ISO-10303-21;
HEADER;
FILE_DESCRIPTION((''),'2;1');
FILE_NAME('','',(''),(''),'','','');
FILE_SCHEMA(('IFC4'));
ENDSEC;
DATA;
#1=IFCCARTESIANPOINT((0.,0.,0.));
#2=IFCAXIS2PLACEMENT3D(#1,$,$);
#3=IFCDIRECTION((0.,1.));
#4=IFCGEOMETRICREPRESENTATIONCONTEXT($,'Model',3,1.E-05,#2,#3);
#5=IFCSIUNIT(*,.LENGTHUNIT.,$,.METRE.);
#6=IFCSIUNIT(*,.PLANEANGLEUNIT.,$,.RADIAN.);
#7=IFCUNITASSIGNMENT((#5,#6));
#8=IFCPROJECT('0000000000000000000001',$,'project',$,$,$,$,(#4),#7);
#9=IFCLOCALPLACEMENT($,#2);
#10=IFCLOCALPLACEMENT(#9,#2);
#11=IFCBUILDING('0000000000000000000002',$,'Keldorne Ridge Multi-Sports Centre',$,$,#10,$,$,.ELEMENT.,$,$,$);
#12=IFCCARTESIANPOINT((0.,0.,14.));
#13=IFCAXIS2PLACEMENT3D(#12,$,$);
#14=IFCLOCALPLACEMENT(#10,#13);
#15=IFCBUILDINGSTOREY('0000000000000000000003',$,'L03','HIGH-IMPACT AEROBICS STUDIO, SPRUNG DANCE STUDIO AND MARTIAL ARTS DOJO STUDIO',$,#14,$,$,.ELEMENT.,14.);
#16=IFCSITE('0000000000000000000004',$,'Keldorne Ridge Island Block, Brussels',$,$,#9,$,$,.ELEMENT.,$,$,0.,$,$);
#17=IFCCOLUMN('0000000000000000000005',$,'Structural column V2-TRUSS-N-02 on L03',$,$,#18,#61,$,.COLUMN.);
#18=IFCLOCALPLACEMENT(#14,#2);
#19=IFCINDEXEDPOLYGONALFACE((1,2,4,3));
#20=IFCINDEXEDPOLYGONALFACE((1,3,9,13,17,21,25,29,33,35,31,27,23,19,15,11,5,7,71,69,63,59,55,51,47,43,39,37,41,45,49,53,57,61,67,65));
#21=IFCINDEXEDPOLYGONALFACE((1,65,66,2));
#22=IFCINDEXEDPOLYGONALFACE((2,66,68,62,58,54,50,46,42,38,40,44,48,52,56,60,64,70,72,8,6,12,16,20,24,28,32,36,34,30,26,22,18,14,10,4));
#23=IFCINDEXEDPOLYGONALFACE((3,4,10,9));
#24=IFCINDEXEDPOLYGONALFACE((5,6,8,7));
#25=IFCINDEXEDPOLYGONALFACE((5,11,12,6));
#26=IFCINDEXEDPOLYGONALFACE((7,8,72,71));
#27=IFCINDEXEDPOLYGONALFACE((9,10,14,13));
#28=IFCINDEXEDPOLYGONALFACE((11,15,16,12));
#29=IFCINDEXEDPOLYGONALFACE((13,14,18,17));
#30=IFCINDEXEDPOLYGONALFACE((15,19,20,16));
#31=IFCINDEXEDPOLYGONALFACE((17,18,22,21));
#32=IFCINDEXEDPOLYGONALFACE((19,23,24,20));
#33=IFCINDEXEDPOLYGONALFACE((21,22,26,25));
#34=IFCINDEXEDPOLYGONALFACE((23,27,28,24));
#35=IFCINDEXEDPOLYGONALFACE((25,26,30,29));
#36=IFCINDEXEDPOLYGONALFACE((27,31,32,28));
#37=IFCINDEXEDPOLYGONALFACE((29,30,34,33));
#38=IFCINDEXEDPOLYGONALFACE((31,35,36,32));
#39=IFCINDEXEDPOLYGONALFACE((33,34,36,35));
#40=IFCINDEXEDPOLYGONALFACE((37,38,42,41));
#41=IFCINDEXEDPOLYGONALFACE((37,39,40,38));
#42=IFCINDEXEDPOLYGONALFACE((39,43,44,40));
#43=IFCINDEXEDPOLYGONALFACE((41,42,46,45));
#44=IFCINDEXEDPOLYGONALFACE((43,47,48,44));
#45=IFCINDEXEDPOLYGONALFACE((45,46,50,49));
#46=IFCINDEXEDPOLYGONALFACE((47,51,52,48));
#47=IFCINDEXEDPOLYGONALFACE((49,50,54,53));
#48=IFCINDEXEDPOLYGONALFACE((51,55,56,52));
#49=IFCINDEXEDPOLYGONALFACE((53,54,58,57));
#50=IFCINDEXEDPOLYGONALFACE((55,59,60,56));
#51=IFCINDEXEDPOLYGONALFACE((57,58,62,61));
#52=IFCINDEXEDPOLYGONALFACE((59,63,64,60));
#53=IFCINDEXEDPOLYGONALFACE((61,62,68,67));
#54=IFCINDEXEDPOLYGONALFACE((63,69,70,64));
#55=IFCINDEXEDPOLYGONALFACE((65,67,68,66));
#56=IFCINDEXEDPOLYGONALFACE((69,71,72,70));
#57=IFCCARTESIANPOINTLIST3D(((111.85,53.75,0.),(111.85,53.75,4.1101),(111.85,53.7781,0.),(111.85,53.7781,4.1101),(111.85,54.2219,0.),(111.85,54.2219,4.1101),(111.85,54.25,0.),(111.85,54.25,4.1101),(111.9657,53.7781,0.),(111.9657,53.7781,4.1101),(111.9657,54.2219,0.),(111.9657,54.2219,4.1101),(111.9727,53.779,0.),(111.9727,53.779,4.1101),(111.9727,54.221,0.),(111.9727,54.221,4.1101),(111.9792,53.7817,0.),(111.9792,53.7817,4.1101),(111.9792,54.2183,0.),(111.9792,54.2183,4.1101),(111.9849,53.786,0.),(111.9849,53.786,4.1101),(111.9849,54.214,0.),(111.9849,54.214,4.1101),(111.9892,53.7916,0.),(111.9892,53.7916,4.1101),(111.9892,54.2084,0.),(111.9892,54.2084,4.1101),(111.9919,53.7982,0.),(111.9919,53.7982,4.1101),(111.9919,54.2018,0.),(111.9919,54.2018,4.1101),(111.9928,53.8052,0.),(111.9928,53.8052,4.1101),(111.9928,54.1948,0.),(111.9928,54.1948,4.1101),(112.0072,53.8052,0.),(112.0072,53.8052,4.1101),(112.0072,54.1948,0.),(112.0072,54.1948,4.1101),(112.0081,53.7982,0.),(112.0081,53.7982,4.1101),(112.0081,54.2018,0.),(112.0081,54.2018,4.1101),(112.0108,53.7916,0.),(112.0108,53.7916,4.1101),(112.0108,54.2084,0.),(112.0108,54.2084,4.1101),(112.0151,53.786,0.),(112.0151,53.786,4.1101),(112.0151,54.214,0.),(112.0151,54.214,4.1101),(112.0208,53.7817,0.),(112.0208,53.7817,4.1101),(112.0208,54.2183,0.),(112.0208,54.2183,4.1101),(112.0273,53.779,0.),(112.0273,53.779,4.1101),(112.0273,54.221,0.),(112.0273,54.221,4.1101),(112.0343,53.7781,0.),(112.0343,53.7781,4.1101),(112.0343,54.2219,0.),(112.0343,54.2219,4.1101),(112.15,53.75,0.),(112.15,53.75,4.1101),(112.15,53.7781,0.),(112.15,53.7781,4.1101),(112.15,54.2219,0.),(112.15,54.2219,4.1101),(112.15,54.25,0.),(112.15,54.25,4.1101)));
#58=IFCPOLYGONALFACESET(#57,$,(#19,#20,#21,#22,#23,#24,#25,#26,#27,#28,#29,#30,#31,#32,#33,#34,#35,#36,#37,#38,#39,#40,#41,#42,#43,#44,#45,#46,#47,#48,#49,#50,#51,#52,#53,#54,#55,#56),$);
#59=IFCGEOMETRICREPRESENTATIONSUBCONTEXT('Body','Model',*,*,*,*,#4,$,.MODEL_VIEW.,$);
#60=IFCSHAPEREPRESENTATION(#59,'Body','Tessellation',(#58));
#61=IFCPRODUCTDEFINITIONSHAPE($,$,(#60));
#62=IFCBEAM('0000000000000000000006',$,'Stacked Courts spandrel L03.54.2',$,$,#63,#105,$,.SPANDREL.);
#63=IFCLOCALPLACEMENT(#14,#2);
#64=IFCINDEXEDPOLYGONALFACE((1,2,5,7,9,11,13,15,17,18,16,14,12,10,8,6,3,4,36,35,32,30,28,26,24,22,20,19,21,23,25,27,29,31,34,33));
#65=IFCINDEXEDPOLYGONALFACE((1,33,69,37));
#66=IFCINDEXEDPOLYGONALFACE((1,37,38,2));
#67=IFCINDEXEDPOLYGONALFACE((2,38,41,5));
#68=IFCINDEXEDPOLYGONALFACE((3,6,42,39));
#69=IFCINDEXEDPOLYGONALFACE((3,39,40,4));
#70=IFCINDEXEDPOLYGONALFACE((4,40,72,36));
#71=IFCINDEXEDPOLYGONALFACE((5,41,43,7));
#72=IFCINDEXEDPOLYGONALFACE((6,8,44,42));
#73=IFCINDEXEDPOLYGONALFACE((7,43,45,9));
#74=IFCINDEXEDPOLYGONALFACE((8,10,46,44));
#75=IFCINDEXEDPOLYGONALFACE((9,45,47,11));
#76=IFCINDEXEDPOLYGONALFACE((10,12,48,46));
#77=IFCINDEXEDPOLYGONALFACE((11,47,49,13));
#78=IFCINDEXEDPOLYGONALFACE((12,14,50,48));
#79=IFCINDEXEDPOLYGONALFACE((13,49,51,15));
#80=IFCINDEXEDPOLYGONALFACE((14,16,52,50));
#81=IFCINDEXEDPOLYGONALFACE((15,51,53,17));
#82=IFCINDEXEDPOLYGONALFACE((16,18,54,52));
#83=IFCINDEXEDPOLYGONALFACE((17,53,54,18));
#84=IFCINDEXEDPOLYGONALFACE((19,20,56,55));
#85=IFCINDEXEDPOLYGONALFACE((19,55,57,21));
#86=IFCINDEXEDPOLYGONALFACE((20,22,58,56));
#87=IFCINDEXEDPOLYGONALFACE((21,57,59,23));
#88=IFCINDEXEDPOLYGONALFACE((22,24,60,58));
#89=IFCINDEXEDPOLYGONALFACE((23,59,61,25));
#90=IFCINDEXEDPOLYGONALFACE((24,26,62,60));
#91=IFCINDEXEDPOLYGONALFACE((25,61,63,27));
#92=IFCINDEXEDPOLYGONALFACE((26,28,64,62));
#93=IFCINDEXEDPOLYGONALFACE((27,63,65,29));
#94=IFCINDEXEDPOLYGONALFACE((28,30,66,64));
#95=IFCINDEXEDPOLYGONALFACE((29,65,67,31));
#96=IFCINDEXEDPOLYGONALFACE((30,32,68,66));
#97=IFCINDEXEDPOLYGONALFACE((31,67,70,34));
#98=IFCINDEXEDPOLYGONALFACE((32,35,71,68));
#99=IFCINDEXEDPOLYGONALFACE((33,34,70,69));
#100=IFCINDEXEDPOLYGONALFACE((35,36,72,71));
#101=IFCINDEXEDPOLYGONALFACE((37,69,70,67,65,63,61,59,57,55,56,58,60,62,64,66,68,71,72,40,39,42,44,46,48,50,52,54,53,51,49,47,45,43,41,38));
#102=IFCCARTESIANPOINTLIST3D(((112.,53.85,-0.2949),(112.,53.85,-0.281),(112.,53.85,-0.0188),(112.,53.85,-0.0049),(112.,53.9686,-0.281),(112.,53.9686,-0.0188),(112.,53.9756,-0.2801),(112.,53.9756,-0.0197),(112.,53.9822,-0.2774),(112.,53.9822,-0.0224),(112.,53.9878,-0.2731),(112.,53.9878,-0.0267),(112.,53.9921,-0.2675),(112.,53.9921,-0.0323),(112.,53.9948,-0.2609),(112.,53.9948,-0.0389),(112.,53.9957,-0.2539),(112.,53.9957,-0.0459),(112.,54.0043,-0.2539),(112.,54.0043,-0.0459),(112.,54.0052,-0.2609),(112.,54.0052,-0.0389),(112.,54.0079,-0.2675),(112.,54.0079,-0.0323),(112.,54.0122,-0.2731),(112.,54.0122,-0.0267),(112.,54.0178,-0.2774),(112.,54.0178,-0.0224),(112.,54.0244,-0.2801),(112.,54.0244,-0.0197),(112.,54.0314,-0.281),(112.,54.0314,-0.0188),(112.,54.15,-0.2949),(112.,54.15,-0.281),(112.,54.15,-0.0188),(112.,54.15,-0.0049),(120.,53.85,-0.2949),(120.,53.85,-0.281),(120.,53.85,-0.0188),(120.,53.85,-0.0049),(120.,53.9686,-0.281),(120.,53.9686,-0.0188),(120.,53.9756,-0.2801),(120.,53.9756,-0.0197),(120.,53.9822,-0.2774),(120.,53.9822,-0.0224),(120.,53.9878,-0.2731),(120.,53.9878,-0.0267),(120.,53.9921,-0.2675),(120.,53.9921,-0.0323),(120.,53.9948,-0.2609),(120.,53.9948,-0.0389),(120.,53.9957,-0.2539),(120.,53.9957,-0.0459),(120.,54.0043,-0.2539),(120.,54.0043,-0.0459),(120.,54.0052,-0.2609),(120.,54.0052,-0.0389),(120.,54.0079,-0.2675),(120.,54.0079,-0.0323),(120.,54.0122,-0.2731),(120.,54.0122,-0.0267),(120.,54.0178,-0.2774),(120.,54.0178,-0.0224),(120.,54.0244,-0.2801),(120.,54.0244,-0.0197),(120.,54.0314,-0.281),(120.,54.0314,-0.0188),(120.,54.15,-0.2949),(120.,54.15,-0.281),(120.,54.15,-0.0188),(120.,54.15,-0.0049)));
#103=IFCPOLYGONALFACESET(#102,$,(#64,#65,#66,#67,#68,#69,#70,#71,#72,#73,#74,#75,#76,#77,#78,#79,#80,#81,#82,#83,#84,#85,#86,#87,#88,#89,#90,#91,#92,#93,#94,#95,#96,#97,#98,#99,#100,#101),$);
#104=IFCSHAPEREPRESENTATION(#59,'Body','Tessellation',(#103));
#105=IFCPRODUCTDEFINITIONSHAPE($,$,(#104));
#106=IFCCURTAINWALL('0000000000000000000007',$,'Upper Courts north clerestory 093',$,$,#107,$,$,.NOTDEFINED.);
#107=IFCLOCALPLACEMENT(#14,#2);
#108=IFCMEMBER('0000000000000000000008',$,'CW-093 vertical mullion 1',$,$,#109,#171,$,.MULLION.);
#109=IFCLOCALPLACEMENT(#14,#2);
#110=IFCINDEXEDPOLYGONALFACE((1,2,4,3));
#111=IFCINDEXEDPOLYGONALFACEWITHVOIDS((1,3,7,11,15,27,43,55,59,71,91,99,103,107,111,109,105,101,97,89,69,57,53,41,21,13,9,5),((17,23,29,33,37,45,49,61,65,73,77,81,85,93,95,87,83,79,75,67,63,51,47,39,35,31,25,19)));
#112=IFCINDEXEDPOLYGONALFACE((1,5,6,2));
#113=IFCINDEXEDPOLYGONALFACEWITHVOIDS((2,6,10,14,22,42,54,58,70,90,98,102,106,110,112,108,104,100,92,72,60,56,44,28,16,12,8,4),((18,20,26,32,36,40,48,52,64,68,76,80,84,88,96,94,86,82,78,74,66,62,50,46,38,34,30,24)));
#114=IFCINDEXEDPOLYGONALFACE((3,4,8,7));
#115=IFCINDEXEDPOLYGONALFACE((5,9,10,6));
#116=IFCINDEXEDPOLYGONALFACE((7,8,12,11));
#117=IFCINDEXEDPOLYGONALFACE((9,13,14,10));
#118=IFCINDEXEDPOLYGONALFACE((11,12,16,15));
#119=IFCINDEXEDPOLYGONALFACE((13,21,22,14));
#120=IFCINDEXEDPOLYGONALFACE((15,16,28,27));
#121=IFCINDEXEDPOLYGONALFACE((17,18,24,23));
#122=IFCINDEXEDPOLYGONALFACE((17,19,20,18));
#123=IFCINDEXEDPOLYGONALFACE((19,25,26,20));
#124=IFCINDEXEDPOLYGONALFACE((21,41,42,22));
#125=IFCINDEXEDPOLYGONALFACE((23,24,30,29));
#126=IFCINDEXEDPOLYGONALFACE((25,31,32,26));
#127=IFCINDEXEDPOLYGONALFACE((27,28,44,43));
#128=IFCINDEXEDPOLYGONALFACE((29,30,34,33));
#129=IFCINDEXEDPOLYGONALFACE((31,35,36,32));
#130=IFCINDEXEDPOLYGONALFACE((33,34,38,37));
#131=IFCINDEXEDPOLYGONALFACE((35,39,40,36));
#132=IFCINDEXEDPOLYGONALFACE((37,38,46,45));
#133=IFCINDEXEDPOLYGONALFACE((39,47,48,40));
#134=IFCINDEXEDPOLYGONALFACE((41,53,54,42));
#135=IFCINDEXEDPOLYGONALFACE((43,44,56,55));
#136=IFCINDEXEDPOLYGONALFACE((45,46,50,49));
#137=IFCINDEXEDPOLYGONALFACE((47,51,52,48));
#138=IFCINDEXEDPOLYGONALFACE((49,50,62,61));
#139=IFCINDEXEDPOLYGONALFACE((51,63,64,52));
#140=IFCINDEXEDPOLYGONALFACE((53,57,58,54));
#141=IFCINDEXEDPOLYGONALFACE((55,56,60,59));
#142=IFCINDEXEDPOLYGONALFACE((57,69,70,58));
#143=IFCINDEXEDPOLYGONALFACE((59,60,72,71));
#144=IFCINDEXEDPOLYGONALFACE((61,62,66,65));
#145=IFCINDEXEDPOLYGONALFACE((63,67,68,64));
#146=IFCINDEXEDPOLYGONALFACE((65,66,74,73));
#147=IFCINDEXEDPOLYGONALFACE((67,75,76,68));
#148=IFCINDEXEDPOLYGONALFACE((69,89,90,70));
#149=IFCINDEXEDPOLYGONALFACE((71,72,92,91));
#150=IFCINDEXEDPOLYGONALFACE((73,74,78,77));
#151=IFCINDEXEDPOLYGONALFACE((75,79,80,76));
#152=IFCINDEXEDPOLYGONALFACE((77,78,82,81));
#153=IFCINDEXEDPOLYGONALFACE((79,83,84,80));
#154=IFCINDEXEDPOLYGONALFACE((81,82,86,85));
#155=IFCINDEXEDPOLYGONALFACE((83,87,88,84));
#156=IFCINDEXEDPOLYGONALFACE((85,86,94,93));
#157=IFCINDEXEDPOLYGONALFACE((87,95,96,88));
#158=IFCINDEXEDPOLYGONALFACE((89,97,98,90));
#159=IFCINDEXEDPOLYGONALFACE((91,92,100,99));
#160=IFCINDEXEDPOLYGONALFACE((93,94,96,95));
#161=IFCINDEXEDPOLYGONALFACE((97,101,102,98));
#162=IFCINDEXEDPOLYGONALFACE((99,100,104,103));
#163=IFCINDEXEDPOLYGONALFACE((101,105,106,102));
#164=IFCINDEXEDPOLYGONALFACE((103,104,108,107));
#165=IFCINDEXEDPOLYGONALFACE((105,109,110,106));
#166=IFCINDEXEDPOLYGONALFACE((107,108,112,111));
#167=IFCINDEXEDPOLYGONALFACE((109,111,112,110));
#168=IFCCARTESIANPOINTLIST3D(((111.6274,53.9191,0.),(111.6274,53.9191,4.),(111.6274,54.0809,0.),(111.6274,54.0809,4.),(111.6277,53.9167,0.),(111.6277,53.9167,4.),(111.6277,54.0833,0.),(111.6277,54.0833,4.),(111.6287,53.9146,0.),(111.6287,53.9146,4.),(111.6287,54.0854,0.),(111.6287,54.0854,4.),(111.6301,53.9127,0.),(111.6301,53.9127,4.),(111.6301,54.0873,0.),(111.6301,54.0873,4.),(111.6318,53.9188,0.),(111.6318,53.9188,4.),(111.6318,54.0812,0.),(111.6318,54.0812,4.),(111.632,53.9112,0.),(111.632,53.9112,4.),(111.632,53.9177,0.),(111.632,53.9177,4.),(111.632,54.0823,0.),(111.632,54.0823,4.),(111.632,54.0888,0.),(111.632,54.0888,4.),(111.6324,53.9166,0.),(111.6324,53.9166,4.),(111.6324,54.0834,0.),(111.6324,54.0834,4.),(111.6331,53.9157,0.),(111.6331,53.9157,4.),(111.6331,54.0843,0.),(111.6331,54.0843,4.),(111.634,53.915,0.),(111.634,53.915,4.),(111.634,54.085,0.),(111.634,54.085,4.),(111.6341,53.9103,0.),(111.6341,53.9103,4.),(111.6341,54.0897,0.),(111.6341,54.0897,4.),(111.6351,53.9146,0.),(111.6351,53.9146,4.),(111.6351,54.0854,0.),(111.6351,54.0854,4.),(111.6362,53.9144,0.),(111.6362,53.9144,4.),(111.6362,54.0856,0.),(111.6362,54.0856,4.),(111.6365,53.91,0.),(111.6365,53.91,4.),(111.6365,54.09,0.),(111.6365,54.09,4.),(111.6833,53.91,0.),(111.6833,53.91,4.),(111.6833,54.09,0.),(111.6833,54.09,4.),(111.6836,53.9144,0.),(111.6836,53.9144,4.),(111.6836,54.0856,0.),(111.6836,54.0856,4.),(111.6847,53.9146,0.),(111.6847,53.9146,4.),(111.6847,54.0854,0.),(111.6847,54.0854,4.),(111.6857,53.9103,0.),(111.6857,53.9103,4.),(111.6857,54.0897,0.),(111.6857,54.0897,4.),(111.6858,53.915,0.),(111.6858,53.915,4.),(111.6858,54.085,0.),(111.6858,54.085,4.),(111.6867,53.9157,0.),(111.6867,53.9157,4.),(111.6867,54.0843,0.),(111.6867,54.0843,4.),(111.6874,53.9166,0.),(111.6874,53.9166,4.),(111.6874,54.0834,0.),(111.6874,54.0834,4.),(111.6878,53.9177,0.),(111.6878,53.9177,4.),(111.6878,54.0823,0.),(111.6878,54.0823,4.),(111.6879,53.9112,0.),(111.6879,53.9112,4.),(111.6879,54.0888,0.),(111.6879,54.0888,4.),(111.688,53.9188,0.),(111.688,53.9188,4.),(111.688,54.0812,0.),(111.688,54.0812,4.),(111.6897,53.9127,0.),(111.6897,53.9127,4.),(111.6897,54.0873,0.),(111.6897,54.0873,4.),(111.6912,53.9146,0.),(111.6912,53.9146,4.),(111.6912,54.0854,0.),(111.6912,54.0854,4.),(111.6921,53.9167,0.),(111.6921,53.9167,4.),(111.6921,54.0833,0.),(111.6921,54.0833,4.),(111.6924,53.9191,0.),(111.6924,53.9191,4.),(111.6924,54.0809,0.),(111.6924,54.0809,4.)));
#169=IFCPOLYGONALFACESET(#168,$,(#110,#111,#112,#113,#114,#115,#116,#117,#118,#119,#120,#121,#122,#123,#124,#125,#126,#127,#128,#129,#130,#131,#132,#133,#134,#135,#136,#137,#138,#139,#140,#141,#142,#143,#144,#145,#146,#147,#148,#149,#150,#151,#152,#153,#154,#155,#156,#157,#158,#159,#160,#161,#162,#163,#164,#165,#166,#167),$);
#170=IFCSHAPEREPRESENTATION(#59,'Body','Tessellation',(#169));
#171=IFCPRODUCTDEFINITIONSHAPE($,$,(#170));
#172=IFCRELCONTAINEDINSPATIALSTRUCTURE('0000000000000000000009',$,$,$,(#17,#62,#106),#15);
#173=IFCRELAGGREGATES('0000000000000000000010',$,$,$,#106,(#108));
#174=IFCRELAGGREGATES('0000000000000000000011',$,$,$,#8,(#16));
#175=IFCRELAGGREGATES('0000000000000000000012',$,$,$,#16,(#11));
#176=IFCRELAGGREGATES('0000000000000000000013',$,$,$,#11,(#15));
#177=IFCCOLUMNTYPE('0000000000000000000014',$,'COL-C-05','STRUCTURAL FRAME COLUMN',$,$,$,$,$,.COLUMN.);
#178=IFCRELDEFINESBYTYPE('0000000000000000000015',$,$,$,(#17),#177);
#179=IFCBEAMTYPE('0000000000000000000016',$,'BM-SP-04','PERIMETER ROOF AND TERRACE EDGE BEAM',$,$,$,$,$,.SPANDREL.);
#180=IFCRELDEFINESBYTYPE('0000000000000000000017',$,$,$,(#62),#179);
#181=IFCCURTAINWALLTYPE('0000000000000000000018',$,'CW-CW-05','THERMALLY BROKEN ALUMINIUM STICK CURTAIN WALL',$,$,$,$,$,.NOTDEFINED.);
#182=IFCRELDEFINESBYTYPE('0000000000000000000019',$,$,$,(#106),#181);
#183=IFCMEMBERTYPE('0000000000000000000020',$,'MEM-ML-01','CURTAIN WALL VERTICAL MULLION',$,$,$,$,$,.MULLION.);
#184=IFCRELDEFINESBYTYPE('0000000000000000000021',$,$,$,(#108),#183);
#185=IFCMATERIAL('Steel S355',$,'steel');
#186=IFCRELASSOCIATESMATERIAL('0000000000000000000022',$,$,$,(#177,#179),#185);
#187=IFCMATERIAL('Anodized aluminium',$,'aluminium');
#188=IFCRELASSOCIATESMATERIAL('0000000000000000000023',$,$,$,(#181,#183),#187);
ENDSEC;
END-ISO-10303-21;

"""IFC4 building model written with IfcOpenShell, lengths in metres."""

from ifc_helpers import new_model, si_unit, direction, frame, origin, origin_2d, place, context, subcontext, project, spatial, hollow_rectangle, i_section, extrude, material, material_profile, profile_set, type_object, element, aggregate, save


model = new_model("IFC4")

# Units and contexts
model_context = context("Model", 3, precision=1e-05, world=origin(), true_north=direction((0.0, 1.0)))
body_context = subcontext(model_context, "Body", "Model", "MODEL_VIEW")
ifc_project = project(units=[si_unit("LENGTHUNIT", "METRE"), si_unit("PLANEANGLEUNIT", "RADIAN")], contexts=[model_context])

# Site, building, storey
site_placement = place(None, origin())
site = spatial("IfcSite", under=ifc_project, at=site_placement, Name="Keldorne Ridge Island Block, Brussels", CompositionType="ELEMENT", RefElevation=0.0)
building_placement = place(site_placement, origin())
building = spatial("IfcBuilding", under=site, at=building_placement, Name="Keldorne Ridge Multi-Sports Centre", CompositionType="ELEMENT")
storey_placement = place(building_placement, frame((0.0, 0.0, 14.0)))
storey = spatial("IfcBuildingStorey", under=building, at=storey_placement, Name="L03", Description="HIGH-IMPACT AEROBICS STUDIO, SPRUNG DANCE STUDIO AND MARTIAL ARTS DOJO STUDIO", CompositionType="ELEMENT", Elevation=14.0)

# Column
ifc_material_1 = material(Name="Steel S355", Category="steel")
ifc_material_profile_1 = material_profile(ifc_material_1, i_section(OverallWidth=0.3, OverallDepth=0.5, WebThickness=0.0144, FlangeThickness=0.0281, FilletRadius=0.0271, at=origin_2d()), Name="HEB 500")
ifc_profile_set_1 = profile_set([ifc_material_profile_1], Name="Steel S355")
column_type = type_object("IfcColumnType", Name="COL-C-05", Description="STRUCTURAL FRAME COLUMN", PredefinedType="COLUMN", material=ifc_profile_set_1)
column_placement = place(storey_placement, frame((112.0, 54.0, 0.0), z_axis=(0.0, 0.0, 1.0), x_axis=(1.0, 0.0, 0.0)))
element("IfcColumn", 1, at=column_placement, inside=storey, type_object=column_type, Name="Structural column V2-TRUSS-N-02 on L03", PredefinedType="COLUMN", context=body_context, shape_type="SweptSolid", body=[
    extrude(i_section(OverallWidth=0.3, OverallDepth=0.5, WebThickness=0.0144, FlangeThickness=0.0281, FilletRadius=0.0271, at=origin_2d()), origin(), (0.0, 0.0, 1.0), 4.1101),
])

# Beam
ifc_material_profile_2 = material_profile(ifc_material_1, i_section(OverallWidth=0.3, OverallDepth=0.29, WebThickness=0.0085, FlangeThickness=0.0139, FilletRadius=0.0271, at=origin_2d()), Name="HEA 300")
ifc_profile_set_2 = profile_set([ifc_material_profile_2], Name="Steel S355")
beam_type = type_object("IfcBeamType", Name="BM-SP-04", Description="PERIMETER ROOF AND TERRACE EDGE BEAM", PredefinedType="SPANDREL", material=ifc_profile_set_2)
beam_placement = place(storey_placement, frame((112.0, 54.0, -0.1499), z_axis=(1.0, 0.0, 0.0), x_axis=(0.0, 1.0, 0.0)))
element("IfcBeam", 2, at=beam_placement, inside=storey, type_object=beam_type, Name="Stacked Courts spandrel L03.54.2", PredefinedType="SPANDREL", context=body_context, shape_type="SweptSolid", body=[
    extrude(i_section(OverallWidth=0.3, OverallDepth=0.29, WebThickness=0.0085, FlangeThickness=0.0139, FilletRadius=0.0271, at=origin_2d()), origin(), (0.0, 0.0, 1.0), 8.0),
])

# Curtain wall, member
ifc_material_2 = material(Name="Anodized aluminium", Category="aluminium")
curtain_wall_type_1 = type_object("IfcCurtainWallType", Name="CW-CW-05", Description="THERMALLY BROKEN ALUMINIUM STICK CURTAIN WALL", PredefinedType="NOTDEFINED", material=ifc_material_2)
curtain_wall_1_placement = place(storey_placement, origin())
curtain_wall_1 = element("IfcCurtainWall", 3, at=curtain_wall_1_placement, inside=storey, type_object=curtain_wall_type_1, Name="Upper Courts north clerestory 093", PredefinedType="NOTDEFINED")
ifc_material_profile_3 = material_profile(ifc_material_2, hollow_rectangle(XDim=0.0649, YDim=0.1799, WallThickness=0.0044, InnerFilletRadius=0.0044, OuterFilletRadius=0.009, at=origin_2d()), Name="ALU MULLION 180x65x4.5")
ifc_profile_set_3 = profile_set([ifc_material_profile_3], Name="Anodized aluminium")
member_type_1 = type_object("IfcMemberType", Name="MEM-ML-01", Description="CURTAIN WALL VERTICAL MULLION", PredefinedType="MULLION", material=ifc_profile_set_3)
member_1_placement = place(storey_placement, frame((111.6599, 54.0, 0.0), z_axis=(0.0, 0.0, 1.0), x_axis=(1.0, 0.0, 0.0)))
member_1 = element("IfcMember", 4, at=member_1_placement, type_object=member_type_1, Name="CW-093 vertical mullion 1", PredefinedType="MULLION", context=body_context, shape_type="SweptSolid", body=[
    extrude(hollow_rectangle(XDim=0.0649, YDim=0.1799, WallThickness=0.0044, InnerFilletRadius=0.0044, OuterFilletRadius=0.009, at=origin_2d()), origin(), (0.0, 0.0, 1.0), 4.0),
])

aggregate(curtain_wall_1, [member_1])

save(model, "model.ifc")
